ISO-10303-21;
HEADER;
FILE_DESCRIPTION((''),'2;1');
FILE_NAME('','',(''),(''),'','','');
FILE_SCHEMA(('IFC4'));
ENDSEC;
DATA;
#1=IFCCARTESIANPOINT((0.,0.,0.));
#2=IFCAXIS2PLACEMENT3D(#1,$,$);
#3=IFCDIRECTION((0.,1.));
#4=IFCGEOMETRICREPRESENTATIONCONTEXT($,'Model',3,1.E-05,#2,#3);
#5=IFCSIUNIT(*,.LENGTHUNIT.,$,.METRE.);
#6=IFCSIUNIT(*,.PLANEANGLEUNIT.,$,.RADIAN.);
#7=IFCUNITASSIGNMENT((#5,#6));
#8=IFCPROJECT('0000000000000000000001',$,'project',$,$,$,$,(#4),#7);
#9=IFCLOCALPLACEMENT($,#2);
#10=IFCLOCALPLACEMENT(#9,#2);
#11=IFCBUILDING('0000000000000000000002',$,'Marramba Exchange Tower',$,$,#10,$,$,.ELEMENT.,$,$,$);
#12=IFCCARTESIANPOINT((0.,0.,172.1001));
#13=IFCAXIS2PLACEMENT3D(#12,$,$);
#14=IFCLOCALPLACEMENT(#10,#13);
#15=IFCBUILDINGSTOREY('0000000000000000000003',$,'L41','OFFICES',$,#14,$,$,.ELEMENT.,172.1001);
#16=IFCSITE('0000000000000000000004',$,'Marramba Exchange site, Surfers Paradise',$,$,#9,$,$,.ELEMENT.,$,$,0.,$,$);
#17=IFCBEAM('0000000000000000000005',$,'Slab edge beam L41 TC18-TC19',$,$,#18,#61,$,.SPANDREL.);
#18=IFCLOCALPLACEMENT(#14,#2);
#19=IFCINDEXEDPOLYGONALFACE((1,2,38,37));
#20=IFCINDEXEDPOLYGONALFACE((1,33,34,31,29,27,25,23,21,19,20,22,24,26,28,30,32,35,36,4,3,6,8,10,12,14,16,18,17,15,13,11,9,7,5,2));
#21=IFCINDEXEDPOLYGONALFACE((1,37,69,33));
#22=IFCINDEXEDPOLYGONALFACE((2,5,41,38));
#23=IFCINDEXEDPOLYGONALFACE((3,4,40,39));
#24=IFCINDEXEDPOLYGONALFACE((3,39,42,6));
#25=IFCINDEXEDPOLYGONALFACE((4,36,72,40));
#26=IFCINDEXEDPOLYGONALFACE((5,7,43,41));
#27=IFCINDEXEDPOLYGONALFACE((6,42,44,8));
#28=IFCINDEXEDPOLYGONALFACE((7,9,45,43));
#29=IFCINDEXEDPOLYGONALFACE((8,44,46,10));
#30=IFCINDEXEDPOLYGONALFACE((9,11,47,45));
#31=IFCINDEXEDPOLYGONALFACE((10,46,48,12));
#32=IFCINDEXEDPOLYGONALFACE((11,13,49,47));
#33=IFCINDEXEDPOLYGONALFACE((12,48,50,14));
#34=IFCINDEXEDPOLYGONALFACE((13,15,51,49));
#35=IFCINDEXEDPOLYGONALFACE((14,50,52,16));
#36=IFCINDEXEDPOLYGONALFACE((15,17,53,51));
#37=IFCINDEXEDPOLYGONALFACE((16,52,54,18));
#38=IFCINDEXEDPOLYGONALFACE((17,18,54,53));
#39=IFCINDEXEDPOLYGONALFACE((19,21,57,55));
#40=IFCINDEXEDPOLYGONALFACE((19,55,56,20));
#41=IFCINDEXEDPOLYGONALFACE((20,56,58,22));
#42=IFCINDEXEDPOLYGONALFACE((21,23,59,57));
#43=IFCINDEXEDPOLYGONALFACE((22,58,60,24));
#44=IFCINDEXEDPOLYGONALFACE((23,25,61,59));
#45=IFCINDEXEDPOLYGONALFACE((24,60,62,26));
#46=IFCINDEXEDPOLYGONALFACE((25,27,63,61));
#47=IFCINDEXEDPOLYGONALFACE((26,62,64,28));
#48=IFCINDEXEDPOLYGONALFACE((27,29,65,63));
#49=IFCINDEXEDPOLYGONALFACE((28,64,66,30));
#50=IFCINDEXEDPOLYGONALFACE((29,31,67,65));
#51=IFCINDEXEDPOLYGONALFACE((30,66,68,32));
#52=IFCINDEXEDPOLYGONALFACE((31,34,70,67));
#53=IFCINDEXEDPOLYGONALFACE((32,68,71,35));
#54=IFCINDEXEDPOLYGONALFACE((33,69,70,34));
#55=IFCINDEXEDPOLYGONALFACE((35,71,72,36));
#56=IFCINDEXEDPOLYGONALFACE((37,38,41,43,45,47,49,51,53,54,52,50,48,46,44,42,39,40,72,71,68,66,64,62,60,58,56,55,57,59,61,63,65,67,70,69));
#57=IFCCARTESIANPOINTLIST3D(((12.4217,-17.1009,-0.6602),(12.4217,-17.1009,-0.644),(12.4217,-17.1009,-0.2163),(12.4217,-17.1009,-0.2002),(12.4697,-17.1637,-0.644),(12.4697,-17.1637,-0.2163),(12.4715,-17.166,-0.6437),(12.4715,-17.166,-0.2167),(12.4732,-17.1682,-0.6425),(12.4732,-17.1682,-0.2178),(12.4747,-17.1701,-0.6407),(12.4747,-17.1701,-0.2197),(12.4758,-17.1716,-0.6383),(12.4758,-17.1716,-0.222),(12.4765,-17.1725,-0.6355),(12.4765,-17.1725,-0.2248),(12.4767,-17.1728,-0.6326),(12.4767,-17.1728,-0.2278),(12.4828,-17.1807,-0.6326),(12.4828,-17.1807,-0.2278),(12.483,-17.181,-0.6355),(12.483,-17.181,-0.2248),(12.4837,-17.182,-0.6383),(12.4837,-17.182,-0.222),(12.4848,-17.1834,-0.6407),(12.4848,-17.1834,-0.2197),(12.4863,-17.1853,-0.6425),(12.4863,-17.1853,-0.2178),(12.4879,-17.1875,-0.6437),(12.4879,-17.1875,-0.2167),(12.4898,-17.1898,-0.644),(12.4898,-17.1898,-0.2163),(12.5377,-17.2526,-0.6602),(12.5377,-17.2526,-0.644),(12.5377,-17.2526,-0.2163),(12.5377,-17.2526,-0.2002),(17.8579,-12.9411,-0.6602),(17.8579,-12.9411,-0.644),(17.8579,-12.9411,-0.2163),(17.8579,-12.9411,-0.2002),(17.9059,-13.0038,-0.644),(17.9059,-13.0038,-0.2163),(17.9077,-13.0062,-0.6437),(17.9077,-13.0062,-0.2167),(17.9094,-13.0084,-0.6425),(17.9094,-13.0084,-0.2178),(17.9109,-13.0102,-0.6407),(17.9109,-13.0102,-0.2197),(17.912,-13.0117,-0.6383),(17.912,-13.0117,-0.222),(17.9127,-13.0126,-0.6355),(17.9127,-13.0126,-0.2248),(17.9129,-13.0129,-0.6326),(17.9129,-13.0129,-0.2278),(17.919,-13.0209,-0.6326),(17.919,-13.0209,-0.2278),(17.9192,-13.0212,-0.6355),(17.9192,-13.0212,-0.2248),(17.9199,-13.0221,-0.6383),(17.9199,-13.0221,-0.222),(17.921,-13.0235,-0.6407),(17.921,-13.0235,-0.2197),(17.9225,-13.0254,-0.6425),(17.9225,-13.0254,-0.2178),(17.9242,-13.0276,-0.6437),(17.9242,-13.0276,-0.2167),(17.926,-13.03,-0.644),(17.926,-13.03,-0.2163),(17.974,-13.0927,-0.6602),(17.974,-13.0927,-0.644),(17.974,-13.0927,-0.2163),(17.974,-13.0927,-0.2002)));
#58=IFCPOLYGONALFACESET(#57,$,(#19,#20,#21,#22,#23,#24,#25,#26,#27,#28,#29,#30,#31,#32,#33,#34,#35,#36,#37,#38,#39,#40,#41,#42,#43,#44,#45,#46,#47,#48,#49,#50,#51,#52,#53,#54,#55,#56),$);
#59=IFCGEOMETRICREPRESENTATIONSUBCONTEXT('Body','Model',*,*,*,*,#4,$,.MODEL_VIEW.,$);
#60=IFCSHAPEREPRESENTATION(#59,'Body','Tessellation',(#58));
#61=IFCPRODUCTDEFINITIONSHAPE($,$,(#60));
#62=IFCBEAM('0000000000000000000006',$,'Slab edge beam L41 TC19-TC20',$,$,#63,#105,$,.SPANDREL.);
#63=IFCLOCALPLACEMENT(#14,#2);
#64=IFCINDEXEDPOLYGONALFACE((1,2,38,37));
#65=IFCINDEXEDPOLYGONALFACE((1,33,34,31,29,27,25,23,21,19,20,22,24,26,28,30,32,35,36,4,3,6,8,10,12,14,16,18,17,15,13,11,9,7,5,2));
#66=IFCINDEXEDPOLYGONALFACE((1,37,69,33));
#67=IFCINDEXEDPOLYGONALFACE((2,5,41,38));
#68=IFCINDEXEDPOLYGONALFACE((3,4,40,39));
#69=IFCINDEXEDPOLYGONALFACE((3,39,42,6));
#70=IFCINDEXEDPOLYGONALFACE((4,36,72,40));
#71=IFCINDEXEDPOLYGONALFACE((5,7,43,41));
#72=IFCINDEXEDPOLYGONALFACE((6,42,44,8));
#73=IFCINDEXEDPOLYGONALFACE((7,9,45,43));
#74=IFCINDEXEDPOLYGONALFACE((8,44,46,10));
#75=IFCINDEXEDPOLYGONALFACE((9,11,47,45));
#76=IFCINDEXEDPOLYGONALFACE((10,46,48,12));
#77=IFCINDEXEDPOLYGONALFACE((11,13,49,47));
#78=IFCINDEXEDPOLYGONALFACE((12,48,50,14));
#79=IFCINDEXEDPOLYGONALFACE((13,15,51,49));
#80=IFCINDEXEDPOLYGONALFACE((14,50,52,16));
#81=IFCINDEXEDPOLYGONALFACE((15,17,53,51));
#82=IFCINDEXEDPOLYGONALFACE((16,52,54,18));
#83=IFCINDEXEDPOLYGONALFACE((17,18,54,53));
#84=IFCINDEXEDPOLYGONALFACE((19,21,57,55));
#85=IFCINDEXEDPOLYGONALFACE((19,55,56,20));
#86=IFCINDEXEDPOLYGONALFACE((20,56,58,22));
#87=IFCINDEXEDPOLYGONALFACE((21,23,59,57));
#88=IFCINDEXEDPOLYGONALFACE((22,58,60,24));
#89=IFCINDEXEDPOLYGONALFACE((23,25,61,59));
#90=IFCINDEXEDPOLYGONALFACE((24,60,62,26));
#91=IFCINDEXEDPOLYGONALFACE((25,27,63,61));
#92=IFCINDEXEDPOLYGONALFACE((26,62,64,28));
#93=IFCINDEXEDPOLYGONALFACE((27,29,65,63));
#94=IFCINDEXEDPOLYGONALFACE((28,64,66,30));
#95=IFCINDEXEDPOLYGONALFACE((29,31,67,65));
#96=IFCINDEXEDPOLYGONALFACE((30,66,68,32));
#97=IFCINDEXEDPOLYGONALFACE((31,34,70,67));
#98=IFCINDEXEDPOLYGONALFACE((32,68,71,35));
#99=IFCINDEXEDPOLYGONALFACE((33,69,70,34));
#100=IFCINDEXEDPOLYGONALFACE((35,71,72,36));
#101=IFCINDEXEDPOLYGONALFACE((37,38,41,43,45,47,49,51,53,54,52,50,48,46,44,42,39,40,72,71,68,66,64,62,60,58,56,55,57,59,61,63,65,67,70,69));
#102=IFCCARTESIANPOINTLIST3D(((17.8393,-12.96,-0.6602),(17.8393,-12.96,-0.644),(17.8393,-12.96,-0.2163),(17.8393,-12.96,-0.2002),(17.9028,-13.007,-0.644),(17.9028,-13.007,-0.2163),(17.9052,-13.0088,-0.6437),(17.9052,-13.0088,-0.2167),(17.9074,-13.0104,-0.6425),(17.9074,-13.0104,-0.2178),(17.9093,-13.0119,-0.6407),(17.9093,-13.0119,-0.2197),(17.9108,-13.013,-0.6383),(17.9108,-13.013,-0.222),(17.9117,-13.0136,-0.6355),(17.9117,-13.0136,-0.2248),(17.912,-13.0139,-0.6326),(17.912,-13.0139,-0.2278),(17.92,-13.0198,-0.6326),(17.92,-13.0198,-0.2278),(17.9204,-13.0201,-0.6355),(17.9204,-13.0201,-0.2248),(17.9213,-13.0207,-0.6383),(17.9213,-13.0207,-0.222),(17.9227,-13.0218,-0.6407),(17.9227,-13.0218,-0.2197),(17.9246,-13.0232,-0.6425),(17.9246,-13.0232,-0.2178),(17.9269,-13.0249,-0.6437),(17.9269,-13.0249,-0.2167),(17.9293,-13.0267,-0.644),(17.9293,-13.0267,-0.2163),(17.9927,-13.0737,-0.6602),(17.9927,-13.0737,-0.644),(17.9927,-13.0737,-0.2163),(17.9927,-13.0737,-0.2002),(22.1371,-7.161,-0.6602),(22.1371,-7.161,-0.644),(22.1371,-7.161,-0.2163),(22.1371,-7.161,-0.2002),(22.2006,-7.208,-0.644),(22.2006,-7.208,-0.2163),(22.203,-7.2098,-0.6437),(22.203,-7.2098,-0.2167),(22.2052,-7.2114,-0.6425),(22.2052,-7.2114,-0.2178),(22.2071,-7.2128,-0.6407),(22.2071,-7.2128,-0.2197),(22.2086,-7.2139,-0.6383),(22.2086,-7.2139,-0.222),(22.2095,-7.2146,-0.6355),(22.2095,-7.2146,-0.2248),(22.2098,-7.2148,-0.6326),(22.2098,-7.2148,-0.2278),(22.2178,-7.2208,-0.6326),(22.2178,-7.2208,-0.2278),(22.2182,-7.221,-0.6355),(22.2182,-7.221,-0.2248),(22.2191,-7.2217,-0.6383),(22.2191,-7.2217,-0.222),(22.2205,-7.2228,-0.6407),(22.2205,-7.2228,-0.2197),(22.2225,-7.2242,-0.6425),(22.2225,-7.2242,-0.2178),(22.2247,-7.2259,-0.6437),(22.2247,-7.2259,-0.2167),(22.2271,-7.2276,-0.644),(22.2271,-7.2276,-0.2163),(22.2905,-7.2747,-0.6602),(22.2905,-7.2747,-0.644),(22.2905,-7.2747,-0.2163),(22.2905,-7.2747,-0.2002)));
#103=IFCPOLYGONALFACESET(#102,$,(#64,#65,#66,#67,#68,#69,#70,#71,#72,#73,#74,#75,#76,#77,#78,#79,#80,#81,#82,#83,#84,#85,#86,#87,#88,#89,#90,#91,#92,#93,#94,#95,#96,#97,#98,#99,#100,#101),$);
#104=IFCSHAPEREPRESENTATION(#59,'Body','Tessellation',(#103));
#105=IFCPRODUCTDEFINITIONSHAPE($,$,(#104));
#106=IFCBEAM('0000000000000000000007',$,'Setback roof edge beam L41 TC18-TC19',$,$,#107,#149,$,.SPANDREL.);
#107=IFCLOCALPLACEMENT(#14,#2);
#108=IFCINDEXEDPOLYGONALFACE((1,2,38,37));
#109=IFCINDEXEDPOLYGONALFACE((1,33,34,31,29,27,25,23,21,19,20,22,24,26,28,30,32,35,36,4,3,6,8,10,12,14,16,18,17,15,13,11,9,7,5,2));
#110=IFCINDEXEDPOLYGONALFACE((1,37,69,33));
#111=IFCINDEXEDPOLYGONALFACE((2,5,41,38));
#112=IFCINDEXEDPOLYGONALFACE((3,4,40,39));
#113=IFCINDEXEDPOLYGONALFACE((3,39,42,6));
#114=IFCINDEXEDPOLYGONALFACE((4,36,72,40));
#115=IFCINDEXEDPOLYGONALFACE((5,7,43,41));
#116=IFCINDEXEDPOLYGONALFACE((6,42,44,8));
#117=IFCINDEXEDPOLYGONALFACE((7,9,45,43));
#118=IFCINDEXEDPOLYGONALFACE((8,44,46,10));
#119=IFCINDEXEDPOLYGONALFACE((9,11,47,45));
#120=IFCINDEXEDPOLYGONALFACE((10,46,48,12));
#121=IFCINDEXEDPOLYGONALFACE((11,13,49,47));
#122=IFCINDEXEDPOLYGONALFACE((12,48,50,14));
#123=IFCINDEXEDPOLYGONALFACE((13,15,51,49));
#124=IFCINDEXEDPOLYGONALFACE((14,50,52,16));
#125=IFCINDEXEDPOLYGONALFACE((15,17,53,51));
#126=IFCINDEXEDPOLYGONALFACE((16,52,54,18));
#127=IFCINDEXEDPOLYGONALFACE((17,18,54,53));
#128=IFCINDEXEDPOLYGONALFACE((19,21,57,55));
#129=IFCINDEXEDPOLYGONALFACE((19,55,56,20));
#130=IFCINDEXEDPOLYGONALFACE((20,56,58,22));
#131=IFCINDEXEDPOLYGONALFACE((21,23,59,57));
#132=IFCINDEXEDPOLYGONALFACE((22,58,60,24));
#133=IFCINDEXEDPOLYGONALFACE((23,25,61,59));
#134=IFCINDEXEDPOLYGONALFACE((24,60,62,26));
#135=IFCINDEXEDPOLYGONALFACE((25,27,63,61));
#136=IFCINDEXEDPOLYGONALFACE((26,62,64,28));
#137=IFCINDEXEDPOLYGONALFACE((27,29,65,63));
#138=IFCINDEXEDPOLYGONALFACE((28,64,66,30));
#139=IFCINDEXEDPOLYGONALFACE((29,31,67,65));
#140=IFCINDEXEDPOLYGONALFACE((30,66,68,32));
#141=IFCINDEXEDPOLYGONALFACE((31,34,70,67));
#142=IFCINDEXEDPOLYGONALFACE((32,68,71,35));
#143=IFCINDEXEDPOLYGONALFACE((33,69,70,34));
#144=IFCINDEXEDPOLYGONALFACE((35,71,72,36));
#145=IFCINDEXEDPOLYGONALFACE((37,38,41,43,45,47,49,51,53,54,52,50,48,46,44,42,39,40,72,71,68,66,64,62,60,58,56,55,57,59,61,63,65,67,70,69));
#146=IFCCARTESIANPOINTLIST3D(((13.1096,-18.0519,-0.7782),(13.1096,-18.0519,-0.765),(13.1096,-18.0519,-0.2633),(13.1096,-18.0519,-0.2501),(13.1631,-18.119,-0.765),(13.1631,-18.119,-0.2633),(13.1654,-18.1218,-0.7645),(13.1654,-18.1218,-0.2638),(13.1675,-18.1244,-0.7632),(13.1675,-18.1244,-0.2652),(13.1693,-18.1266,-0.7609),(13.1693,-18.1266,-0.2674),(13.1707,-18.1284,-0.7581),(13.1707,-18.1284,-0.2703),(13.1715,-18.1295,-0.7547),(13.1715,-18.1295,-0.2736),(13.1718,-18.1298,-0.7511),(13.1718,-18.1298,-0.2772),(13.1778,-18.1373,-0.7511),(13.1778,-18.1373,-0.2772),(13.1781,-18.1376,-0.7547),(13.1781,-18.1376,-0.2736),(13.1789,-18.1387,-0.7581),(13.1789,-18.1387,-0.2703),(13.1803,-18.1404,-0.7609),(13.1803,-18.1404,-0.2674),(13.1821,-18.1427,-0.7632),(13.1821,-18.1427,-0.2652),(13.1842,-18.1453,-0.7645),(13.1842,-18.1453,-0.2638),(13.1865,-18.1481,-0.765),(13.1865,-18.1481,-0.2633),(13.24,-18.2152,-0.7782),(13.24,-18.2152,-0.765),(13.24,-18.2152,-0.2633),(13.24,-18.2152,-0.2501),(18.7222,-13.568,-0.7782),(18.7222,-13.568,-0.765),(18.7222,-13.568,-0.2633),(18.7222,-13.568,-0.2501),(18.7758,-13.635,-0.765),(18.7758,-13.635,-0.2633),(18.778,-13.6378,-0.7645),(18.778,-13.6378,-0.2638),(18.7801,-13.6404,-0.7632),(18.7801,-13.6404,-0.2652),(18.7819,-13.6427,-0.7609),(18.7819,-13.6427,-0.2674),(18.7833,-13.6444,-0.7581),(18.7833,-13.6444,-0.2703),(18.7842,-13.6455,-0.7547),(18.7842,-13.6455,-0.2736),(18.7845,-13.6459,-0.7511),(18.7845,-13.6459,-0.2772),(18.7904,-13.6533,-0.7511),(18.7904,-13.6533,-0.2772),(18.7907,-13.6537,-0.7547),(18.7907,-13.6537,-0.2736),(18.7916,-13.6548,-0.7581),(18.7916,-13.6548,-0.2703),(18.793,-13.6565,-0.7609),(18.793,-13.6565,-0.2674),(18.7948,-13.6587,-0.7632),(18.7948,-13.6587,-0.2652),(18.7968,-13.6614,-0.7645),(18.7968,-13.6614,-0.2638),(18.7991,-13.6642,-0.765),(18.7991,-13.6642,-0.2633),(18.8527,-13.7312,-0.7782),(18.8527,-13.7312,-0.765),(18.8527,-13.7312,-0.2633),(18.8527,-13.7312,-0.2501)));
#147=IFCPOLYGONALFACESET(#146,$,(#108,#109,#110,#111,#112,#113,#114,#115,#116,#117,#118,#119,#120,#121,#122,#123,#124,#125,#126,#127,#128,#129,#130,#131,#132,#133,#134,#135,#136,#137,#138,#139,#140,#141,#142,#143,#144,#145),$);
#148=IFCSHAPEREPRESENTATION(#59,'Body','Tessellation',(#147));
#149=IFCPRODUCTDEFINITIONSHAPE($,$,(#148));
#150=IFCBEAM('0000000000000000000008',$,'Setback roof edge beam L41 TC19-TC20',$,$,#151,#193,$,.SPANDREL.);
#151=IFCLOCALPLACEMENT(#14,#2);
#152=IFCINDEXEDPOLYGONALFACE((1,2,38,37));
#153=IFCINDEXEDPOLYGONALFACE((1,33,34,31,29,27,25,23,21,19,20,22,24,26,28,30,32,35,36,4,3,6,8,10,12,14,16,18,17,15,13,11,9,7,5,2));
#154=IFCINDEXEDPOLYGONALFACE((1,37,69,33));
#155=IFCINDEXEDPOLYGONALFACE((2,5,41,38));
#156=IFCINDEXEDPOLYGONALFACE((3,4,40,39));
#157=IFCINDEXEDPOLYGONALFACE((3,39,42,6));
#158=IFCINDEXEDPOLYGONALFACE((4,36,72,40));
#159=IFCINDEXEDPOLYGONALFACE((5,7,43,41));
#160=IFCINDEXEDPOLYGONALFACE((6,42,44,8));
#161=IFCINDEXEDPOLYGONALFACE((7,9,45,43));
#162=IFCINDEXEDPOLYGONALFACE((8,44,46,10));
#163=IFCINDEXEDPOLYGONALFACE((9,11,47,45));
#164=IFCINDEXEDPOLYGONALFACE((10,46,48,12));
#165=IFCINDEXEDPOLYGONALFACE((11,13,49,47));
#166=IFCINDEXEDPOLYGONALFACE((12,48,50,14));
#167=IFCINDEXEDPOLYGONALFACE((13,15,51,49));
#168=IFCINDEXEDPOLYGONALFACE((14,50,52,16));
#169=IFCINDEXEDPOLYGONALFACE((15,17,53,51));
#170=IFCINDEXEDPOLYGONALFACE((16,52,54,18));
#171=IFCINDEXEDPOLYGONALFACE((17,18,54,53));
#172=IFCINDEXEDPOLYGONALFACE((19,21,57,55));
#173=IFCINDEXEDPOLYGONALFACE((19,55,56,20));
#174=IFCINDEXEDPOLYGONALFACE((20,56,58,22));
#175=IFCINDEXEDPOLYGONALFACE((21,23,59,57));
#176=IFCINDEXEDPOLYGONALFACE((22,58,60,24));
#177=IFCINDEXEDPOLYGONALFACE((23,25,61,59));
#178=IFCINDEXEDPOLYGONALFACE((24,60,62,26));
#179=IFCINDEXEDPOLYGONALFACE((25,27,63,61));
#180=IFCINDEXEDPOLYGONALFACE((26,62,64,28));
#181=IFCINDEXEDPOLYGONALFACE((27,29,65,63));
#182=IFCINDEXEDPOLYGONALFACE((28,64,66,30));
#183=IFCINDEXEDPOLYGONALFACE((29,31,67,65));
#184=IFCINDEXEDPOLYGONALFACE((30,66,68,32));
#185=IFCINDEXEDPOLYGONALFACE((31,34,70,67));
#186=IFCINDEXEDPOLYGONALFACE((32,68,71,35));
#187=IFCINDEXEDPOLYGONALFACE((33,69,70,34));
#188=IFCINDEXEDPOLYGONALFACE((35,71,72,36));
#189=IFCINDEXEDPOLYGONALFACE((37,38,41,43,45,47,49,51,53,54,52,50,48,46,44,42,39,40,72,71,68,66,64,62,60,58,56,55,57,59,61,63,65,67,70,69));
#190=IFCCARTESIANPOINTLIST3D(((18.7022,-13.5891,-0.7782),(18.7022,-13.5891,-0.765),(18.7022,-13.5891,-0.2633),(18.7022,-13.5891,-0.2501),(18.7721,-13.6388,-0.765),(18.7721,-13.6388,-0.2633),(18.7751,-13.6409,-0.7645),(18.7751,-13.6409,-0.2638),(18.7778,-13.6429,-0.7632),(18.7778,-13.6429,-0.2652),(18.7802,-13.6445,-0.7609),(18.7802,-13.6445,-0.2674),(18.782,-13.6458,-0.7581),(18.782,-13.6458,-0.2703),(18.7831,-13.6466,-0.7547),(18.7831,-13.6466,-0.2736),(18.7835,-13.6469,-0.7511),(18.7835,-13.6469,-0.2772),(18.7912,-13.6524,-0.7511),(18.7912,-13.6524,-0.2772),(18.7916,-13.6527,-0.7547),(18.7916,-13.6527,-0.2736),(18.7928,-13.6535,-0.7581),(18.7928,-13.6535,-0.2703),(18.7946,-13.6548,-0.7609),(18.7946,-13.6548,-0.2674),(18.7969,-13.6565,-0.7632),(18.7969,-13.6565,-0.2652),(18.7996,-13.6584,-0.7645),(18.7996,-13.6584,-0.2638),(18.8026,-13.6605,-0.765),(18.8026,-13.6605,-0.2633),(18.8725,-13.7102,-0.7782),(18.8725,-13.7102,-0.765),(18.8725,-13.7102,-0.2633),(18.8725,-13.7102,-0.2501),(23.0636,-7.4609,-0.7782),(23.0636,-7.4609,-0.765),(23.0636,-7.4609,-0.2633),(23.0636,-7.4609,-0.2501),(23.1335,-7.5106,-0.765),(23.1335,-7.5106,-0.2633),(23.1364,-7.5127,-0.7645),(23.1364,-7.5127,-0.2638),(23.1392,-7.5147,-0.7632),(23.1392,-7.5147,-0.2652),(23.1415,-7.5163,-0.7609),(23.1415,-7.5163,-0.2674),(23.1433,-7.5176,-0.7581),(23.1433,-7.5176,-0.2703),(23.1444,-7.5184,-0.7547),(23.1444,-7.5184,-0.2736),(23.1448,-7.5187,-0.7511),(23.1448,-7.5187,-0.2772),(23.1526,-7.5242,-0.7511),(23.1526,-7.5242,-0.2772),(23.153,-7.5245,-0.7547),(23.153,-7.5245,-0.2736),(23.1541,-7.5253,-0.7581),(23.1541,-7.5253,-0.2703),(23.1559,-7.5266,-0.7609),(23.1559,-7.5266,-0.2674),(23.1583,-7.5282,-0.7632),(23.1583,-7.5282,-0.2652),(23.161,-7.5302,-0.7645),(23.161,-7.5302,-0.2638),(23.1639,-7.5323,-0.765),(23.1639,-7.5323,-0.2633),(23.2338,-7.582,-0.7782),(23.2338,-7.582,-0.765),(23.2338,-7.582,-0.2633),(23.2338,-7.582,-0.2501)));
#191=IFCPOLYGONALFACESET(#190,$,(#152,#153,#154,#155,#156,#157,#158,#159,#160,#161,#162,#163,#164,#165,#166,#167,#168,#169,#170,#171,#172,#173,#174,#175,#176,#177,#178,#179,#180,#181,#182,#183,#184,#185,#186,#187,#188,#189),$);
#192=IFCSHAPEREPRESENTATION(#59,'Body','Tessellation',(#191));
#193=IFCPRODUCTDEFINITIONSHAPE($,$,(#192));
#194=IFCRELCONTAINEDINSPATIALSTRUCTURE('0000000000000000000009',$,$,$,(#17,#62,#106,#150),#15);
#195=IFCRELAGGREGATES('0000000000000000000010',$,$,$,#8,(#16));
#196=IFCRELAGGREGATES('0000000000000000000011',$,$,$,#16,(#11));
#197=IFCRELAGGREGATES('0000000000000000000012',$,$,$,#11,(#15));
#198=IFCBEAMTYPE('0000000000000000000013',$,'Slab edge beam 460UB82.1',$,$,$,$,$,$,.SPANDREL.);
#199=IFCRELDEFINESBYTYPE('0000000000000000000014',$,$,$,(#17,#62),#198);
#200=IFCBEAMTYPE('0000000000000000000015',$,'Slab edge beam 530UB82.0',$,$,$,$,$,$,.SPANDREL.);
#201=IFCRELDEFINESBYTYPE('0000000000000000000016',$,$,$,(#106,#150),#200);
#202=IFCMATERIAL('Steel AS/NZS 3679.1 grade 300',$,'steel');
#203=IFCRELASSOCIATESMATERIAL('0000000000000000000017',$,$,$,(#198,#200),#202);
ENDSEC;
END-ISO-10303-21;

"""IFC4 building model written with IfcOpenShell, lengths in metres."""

from ifc_helpers import new_model, si_unit, direction, frame, origin, origin_2d, place, context, subcontext, project, spatial, i_section, extrude, material, material_profile, profile_set, type_object, element, save


model = new_model("IFC4")

# Units and contexts
model_context = context("Model", 3, precision=1e-05, world=origin(), true_north=direction((0.0, 1.0)))
body_context = subcontext(model_context, "Body", "Model", "MODEL_VIEW")
ifc_project = project(units=[si_unit("LENGTHUNIT", "METRE"), si_unit("PLANEANGLEUNIT", "RADIAN")], contexts=[model_context])

# Site, building, storey
site_placement = place(None, origin())
site = spatial("IfcSite", under=ifc_project, at=site_placement, Name="Marramba Exchange site, Surfers Paradise", CompositionType="ELEMENT", RefElevation=0.0)
building_placement = place(site_placement, origin())
building = spatial("IfcBuilding", under=site, at=building_placement, Name="Marramba Exchange Tower", CompositionType="ELEMENT")
storey_placement = place(building_placement, frame((0.0, 0.0, 172.1001)))
storey = spatial("IfcBuildingStorey", under=building, at=storey_placement, Name="L41", Description="OFFICES", CompositionType="ELEMENT", Elevation=172.1001)

# Beams
ifc_material_1 = material(Name="Steel AS/NZS 3679.1 grade 300", Category="steel")
ifc_material_profile_1 = material_profile(ifc_material_1, i_section(OverallWidth=0.1909, OverallDepth=0.46, WebThickness=0.01, FlangeThickness=0.0161, FilletRadius=0.0115, at=origin_2d()), Name="460UB82.1")
ifc_profile_set_1 = profile_set([ifc_material_profile_1], Name="Steel AS/NZS 3679.1 grade 300")
beam_type_1 = type_object("IfcBeamType", Name="Slab edge beam 460UB82.1", PredefinedType="SPANDREL", material=ifc_profile_set_1)
beam_1_placement = place(storey_placement, frame((12.4797, -17.1768, -0.4302), z_axis=(0.794163, 0.607704, 0.0), x_axis=(-0.607704, 0.794163, 0.0)))
element("IfcBeam", 1, at=beam_1_placement, inside=storey, type_object=beam_type_1, Name="Slab edge beam L41 TC18-TC19", PredefinedType="SPANDREL", context=body_context, shape_type="SweptSolid", body=[
    extrude(i_section(OverallWidth=0.1909, OverallDepth=0.46, WebThickness=0.01, FlangeThickness=0.0161, FilletRadius=0.0115, at=origin_2d()), origin(), (0.0, 0.0, 1.0), 6.8452),
])
beam_2_placement = place(storey_placement, frame((17.916, -13.0168, -0.4302), z_axis=(0.595428, 0.803409, 0.0), x_axis=(-0.803409, 0.595428, 0.0)))
element("IfcBeam", 2, at=beam_2_placement, inside=storey, type_object=beam_type_1, Name="Slab edge beam L41 TC19-TC20", PredefinedType="SPANDREL", context=body_context, shape_type="SweptSolid", body=[
    extrude(i_section(OverallWidth=0.1909, OverallDepth=0.46, WebThickness=0.01, FlangeThickness=0.0161, FilletRadius=0.0115, at=origin_2d()), origin(), (0.0, 0.0, 1.0), 7.218),
])
ifc_material_profile_2 = material_profile(ifc_material_1, i_section(OverallWidth=0.209, OverallDepth=0.5281, WebThickness=0.0095, FlangeThickness=0.0132, FilletRadius=0.0139, at=origin_2d()), Name="530UB82.0")
ifc_profile_set_2 = profile_set([ifc_material_profile_2], Name="Steel AS/NZS 3679.1 grade 300")
beam_type_2 = type_object("IfcBeamType", Name="Slab edge beam 530UB82.0", PredefinedType="SPANDREL", material=ifc_profile_set_2)
beam_3_placement = place(storey_placement, frame((13.1748, -18.1335, -0.5142), z_axis=(0.781286, 0.624173, 0.0), x_axis=(-0.624173, 0.781286, 0.0)))
element("IfcBeam", 3, at=beam_3_placement, inside=storey, type_object=beam_type_2, Name="Setback roof edge beam L41 TC18-TC19", PredefinedType="SPANDREL", context=body_context, shape_type="SweptSolid", body=[
    extrude(i_section(OverallWidth=0.209, OverallDepth=0.5281, WebThickness=0.0095, FlangeThickness=0.0132, FilletRadius=0.0139, at=origin_2d()), origin(), (0.0, 0.0, 1.0), 7.1838),
])
beam_4_placement = place(storey_placement, frame((18.7874, -13.6497, -0.5142), z_axis=(0.579834, 0.814735, 0.0), x_axis=(-0.814735, 0.579834, 0.0)))
element("IfcBeam", 4, at=beam_4_placement, inside=storey, type_object=beam_type_2, Name="Setback roof edge beam L41 TC19-TC20", PredefinedType="SPANDREL", context=body_context, shape_type="SweptSolid", body=[
    extrude(i_section(OverallWidth=0.209, OverallDepth=0.5281, WebThickness=0.0095, FlangeThickness=0.0132, FilletRadius=0.0139, at=origin_2d()), origin(), (0.0, 0.0, 1.0), 7.5217),
])

save(model, "model.ifc")
